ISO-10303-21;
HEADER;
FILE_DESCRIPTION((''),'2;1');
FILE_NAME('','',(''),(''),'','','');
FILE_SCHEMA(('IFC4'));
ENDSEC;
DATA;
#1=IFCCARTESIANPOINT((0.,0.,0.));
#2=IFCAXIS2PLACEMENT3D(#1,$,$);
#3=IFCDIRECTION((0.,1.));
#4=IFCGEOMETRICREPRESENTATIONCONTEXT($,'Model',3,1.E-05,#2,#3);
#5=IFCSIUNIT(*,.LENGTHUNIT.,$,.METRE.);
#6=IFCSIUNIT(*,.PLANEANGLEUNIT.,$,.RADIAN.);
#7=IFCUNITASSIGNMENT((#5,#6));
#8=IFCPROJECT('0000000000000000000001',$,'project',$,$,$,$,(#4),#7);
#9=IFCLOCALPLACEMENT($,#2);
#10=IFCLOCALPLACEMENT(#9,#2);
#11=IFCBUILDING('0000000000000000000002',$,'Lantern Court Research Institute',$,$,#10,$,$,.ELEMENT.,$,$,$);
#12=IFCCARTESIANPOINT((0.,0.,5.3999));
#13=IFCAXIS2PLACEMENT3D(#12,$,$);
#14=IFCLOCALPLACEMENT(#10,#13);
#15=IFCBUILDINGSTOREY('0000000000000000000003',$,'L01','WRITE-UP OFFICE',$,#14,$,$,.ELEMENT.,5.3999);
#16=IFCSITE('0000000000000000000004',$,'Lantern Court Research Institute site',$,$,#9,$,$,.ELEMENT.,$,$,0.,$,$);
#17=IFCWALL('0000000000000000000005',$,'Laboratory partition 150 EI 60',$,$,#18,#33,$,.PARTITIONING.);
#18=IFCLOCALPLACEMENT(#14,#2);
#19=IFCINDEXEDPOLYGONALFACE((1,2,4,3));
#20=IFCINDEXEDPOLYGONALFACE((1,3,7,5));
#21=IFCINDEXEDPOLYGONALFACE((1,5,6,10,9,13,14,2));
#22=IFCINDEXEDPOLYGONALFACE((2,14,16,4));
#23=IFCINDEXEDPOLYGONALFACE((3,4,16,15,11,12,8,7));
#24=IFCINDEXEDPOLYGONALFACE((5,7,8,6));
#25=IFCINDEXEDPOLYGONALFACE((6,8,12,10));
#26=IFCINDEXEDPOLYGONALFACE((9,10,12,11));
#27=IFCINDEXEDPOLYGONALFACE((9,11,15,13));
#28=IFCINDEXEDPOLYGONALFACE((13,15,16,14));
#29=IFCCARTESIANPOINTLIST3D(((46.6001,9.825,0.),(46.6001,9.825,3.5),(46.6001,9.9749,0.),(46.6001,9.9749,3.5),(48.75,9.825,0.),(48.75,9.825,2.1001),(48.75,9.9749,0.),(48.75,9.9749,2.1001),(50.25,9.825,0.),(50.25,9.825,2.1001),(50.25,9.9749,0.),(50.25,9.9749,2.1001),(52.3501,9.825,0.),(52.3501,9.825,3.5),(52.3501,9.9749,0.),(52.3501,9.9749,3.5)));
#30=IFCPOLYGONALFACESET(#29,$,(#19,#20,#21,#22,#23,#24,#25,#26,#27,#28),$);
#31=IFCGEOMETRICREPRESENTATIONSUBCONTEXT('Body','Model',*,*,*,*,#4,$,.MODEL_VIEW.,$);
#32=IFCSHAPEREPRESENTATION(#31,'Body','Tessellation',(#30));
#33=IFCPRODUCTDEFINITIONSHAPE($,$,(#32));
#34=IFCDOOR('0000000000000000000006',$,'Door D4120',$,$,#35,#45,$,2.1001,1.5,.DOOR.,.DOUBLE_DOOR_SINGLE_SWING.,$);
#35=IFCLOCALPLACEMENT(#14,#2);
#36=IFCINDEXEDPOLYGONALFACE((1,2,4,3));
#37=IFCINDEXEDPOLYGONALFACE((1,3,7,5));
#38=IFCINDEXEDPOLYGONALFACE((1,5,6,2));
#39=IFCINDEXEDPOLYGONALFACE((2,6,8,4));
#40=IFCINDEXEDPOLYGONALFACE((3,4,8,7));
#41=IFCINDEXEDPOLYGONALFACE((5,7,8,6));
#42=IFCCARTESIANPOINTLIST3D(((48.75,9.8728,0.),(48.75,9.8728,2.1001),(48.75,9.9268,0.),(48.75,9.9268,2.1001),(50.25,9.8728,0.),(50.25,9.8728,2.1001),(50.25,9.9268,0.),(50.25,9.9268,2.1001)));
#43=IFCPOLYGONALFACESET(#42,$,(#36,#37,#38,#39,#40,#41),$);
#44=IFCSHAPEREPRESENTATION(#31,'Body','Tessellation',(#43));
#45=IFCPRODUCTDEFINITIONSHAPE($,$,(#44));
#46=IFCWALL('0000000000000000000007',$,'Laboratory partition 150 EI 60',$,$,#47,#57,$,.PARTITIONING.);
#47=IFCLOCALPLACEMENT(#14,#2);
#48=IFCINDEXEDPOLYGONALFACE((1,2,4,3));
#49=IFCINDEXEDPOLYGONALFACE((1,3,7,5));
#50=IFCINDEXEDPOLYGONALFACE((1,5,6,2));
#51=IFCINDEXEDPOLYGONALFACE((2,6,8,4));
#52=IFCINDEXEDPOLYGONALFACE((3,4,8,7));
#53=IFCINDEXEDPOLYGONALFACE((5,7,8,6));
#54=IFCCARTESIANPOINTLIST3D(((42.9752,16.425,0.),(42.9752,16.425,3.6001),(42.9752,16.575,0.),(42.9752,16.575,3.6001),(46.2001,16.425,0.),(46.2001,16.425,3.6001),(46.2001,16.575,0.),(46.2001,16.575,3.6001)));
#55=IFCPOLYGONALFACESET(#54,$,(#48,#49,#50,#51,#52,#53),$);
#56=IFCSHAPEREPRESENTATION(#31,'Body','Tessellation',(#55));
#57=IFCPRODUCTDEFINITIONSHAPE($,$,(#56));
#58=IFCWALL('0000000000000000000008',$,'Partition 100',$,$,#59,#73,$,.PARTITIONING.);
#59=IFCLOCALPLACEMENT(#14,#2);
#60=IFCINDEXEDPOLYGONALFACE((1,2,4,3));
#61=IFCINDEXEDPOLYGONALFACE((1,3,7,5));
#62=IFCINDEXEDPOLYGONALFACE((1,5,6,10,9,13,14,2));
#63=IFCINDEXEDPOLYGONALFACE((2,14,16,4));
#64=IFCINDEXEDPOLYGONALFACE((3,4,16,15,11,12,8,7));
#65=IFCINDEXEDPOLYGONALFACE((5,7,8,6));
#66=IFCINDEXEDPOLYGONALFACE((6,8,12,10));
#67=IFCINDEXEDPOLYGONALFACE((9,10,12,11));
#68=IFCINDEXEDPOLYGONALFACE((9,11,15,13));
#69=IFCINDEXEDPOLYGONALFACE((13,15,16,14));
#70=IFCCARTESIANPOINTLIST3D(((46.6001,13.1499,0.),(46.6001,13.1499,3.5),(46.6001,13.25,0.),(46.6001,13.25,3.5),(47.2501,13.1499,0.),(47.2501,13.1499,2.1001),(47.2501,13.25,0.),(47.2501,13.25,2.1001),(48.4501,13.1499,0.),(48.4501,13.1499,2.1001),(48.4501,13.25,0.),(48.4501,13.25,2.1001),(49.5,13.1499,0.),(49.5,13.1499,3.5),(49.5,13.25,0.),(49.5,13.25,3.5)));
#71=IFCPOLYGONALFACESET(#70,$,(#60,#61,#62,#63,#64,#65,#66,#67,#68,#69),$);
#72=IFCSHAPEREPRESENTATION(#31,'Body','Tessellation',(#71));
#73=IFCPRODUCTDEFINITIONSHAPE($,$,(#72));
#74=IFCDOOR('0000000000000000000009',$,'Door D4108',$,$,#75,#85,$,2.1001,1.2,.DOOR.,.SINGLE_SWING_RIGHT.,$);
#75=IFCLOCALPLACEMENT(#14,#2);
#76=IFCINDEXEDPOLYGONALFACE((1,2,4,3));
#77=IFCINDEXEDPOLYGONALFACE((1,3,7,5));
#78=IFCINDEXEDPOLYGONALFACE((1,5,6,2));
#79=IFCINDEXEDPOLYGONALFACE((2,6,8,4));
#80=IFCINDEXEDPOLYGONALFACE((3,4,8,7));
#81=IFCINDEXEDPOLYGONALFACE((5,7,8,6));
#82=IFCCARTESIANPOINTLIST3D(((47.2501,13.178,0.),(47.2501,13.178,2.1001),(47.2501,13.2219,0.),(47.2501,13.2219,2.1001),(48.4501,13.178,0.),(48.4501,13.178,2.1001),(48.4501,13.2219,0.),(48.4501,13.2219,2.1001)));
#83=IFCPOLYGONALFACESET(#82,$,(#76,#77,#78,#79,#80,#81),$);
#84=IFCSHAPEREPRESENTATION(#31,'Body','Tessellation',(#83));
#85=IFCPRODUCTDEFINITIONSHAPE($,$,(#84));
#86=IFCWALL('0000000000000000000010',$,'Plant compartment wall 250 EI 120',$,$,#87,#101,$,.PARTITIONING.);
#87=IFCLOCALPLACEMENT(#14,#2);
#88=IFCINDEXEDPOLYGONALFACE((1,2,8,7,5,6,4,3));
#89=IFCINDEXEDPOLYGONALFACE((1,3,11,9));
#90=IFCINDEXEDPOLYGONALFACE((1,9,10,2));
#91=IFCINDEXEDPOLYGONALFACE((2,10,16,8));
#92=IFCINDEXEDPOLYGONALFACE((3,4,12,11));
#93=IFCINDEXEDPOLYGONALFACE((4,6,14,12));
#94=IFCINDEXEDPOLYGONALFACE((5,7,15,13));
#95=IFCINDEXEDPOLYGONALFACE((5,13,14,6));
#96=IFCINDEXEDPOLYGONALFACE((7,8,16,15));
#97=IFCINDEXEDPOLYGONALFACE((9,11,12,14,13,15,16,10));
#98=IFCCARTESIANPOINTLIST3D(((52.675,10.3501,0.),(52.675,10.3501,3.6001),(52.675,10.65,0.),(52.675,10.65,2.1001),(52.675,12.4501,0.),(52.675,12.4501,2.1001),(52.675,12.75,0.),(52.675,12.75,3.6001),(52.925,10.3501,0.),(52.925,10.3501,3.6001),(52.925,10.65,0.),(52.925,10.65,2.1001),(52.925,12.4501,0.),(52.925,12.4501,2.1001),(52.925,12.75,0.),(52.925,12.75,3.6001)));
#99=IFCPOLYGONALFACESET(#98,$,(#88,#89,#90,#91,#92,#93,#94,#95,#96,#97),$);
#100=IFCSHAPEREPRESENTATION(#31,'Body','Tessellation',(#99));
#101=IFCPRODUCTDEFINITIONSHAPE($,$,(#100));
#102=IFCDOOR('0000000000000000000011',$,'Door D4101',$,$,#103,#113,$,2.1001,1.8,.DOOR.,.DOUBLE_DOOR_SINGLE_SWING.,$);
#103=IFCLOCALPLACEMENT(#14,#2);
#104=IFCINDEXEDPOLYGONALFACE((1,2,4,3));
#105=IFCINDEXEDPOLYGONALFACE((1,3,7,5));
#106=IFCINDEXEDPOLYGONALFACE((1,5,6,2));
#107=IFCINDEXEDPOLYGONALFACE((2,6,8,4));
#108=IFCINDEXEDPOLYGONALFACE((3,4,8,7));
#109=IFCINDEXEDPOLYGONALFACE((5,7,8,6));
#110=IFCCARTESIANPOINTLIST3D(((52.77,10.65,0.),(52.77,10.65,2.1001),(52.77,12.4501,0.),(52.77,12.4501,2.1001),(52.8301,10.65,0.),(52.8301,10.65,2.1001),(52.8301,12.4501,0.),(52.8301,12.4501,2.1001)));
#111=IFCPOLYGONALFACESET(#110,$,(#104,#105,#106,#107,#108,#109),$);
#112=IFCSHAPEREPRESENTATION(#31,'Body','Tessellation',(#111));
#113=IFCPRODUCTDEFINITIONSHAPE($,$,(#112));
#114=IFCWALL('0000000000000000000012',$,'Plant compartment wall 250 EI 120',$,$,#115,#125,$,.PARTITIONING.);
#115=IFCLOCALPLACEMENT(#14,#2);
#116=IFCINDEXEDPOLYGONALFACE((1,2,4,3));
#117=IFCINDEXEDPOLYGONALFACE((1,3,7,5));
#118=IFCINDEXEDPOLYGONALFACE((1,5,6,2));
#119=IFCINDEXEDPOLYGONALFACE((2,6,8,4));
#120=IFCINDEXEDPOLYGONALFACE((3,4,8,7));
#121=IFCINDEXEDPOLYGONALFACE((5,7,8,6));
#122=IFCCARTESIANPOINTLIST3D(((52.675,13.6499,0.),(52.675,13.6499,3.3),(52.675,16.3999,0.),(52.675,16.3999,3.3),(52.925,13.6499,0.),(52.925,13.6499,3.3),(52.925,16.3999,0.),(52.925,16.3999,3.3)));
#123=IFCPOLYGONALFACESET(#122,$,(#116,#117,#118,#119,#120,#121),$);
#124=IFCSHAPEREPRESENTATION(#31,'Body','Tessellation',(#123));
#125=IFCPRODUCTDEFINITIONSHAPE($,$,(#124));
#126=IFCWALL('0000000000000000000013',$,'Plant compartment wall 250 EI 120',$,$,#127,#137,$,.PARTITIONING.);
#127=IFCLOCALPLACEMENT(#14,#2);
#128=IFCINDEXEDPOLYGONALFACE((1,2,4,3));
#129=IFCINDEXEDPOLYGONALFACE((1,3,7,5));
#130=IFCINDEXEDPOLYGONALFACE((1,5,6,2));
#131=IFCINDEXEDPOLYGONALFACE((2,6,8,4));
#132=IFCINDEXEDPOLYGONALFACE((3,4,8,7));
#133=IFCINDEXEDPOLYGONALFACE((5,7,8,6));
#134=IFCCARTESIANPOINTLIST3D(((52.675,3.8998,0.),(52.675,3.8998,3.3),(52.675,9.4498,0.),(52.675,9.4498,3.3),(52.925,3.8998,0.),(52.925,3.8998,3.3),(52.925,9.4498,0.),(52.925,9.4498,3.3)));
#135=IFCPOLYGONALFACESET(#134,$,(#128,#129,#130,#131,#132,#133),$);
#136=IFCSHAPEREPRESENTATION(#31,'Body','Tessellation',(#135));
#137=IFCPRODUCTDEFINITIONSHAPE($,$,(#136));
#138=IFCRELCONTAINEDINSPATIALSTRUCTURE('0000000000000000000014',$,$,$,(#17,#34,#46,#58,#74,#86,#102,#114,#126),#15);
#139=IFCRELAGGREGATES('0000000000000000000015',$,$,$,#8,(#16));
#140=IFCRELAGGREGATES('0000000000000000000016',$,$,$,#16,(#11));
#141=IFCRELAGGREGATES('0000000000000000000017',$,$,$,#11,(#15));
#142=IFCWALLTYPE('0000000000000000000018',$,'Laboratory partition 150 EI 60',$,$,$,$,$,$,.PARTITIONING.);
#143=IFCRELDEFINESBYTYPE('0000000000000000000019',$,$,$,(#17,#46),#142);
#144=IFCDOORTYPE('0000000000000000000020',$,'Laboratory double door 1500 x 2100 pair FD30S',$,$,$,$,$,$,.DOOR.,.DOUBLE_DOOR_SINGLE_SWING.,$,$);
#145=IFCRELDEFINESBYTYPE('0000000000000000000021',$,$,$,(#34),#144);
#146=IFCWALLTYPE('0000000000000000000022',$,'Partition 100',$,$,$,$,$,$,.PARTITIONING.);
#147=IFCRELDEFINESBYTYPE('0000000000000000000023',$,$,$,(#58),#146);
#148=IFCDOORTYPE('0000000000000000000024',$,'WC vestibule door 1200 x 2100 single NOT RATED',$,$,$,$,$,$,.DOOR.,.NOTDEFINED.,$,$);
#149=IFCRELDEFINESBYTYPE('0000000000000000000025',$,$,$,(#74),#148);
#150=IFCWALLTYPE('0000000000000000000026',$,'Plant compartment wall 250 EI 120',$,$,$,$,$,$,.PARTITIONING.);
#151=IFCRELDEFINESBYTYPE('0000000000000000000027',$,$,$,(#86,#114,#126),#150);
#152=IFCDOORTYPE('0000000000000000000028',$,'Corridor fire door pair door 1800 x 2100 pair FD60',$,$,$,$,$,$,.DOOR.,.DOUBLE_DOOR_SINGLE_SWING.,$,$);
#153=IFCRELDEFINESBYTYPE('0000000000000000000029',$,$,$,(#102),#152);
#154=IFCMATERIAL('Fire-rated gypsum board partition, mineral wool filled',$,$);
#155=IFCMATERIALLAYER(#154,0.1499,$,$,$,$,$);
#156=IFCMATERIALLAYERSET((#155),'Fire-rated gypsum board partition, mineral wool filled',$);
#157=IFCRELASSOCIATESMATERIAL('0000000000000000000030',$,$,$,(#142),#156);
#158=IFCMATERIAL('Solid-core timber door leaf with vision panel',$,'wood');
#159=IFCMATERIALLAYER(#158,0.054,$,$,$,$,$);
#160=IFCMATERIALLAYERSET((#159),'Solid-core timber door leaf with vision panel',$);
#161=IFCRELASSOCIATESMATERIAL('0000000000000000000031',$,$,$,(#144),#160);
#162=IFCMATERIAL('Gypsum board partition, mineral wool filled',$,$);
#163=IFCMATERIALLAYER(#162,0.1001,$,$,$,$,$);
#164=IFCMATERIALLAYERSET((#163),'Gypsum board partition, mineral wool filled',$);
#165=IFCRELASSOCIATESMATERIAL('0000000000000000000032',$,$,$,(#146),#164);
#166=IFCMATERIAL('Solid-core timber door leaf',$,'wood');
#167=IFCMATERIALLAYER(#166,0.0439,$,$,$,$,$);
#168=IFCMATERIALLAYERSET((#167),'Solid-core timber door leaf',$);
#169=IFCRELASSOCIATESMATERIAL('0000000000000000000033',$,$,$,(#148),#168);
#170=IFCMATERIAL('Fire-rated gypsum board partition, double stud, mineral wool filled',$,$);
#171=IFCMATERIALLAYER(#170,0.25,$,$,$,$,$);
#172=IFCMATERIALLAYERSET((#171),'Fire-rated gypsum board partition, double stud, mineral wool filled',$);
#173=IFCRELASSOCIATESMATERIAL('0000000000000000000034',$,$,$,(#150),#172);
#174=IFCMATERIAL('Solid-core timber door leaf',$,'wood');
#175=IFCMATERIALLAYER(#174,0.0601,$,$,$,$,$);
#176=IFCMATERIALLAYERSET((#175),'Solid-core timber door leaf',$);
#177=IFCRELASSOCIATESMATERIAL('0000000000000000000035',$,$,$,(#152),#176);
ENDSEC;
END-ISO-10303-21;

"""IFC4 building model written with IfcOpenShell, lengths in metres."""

from ifc_helpers import new_model, si_unit, direction, frame, frame_2d, origin, place, context, subcontext, project, spatial, rectangle, extrude, material, layer, layer_set, type_object, element, fill, save


model = new_model("IFC4")

# Units and contexts
model_context = context("Model", 3, precision=1e-05, world=origin(), true_north=direction((0.0, 1.0)))
body_context = subcontext(model_context, "Body", "Model", "MODEL_VIEW")
ifc_project = project(units=[si_unit("LENGTHUNIT", "METRE"), si_unit("PLANEANGLEUNIT", "RADIAN")], contexts=[model_context])

# Site, building, storey
site_placement = place(None, origin())
site = spatial("IfcSite", under=ifc_project, at=site_placement, Name="Lantern Court Research Institute site", CompositionType="ELEMENT", RefElevation=0.0)
building_placement = place(site_placement, origin())
building = spatial("IfcBuilding", under=site, at=building_placement, Name="Lantern Court Research Institute", CompositionType="ELEMENT")
storey_placement = place(building_placement, frame((0.0, 0.0, 5.3999)))
storey = spatial("IfcBuildingStorey", under=building, at=storey_placement, Name="L01", Description="WRITE-UP OFFICE", CompositionType="ELEMENT", Elevation=5.3999)

# Wall, opening, door
ifc_material_1 = material(Name="Fire-rated gypsum board partition, mineral wool filled")
ifc_layer_1 = layer(ifc_material_1, 0.1499)
ifc_layer_set_1 = layer_set([ifc_layer_1], Name="Fire-rated gypsum board partition, mineral wool filled")
wall_type_1 = type_object("IfcWallType", Name="Laboratory partition 150 EI 60", PredefinedType="PARTITIONING", material=ifc_layer_set_1)
wall_1_placement = place(storey_placement, frame((46.6001, 9.8999, 0.0), z_axis=(0.0, 0.0, 1.0), x_axis=(1.0, 0.0, 0.0)))
wall_1 = element("IfcWall", 1, at=wall_1_placement, inside=storey, type_object=wall_type_1, Name="Laboratory partition 150 EI 60", PredefinedType="PARTITIONING", context=body_context, shape_type="SweptSolid", body=[
    extrude(rectangle(XDim=5.75, YDim=0.1499, at=frame_2d((2.875, 0.0))), origin(), (0.0, 0.0, 1.0), 3.5),
])
opening_1_placement = place(wall_1_placement, frame((2.1499, 0.0, 0.0)))
opening_1 = element("IfcOpeningElement", 2, at=opening_1_placement, cuts=wall_1, PredefinedType="OPENING", context=body_context, shape_type="SweptSolid", body=[
    extrude(rectangle(XDim=1.5, YDim=2.1001, at=frame_2d((0.75, 1.05))), frame((0.0, 0.085, 0.0), z_axis=(0.0, -1.0, 0.0), x_axis=(1.0, 0.0, 0.0)), (0.0, 0.0, 1.0), 0.1699),
])
ifc_material_2 = material(Name="Solid-core timber door leaf with vision panel", Category="wood")
ifc_layer_2 = layer(ifc_material_2, 0.054)
ifc_layer_set_2 = layer_set([ifc_layer_2], Name="Solid-core timber door leaf with vision panel")
door_type_1 = type_object("IfcDoorType", Name="Laboratory double door 1500 x 2100 pair FD30S", OperationType="DOUBLE_DOOR_SINGLE_SWING", PredefinedType="DOOR", material=ifc_layer_set_2)
door_1_placement = place(opening_1_placement, origin())
door_1 = element("IfcDoor", 3, at=door_1_placement, inside=storey, type_object=door_type_1, Name="Door D4120", OperationType="DOUBLE_DOOR_SINGLE_SWING", OverallHeight=2.1001, OverallWidth=1.5, PredefinedType="DOOR", context=body_context, shape_type="SweptSolid", body=[
    extrude(rectangle(XDim=1.5, YDim=2.1001, at=frame_2d((0.75, 1.05))), frame((0.0, 0.0269, 0.0), z_axis=(0.0, -1.0, 0.0), x_axis=(1.0, 0.0, 0.0)), (0.0, 0.0, 1.0), 0.054),
])
fill(opening_1, door_1)

# Wall
wall_2_placement = place(storey_placement, frame((46.2, 16.5, 0.0), z_axis=(0.0, 0.0, 1.0), x_axis=(-1.0, 0.0, 0.0)))
element("IfcWall", 4, at=wall_2_placement, inside=storey, type_object=wall_type_1, Name="Laboratory partition 150 EI 60", PredefinedType="PARTITIONING", context=body_context, shape_type="SweptSolid", body=[
    extrude(rectangle(XDim=3.2249, YDim=0.1499, at=frame_2d((1.6123, 0.0))), origin(), (0.0, 0.0, 1.0), 3.6001),
])

# Walls, openings, doors
ifc_material_3 = material(Name="Gypsum board partition, mineral wool filled")
ifc_layer_3 = layer(ifc_material_3, 0.1001)
ifc_layer_set_3 = layer_set([ifc_layer_3], Name="Gypsum board partition, mineral wool filled")
wall_type_2 = type_object("IfcWallType", Name="Partition 100", PredefinedType="PARTITIONING", material=ifc_layer_set_3)
wall_3_placement = place(storey_placement, frame((46.6001, 13.2, 0.0), z_axis=(0.0, 0.0, 1.0), x_axis=(1.0, 0.0, 0.0)))
wall_3 = element("IfcWall", 5, at=wall_3_placement, inside=storey, type_object=wall_type_2, Name="Partition 100", PredefinedType="PARTITIONING", context=body_context, shape_type="SweptSolid", body=[
    extrude(rectangle(XDim=2.8999, YDim=0.1001, at=frame_2d((1.45, 0.0))), origin(), (0.0, 0.0, 1.0), 3.5),
])
opening_2_placement = place(wall_3_placement, frame((0.6499, 0.0, 0.0)))
opening_2 = element("IfcOpeningElement", 6, at=opening_2_placement, cuts=wall_3, PredefinedType="OPENING", context=body_context, shape_type="SweptSolid", body=[
    extrude(rectangle(XDim=1.2, YDim=2.1001, at=frame_2d((0.6001, 1.05))), frame((0.0, 0.0601, 0.0), z_axis=(0.0, -1.0, 0.0), x_axis=(1.0, 0.0, 0.0)), (0.0, 0.0, 1.0), 0.1201),
])
ifc_material_4 = material(Name="Solid-core timber door leaf", Category="wood")
ifc_layer_4 = layer(ifc_material_4, 0.0439)
ifc_layer_set_4 = layer_set([ifc_layer_4], Name="Solid-core timber door leaf")
door_type_2 = type_object("IfcDoorType", Name="WC vestibule door 1200 x 2100 single NOT RATED", OperationType="NOTDEFINED", PredefinedType="DOOR", material=ifc_layer_set_4)
door_2_placement = place(opening_2_placement, origin())
door_2 = element("IfcDoor", 7, at=door_2_placement, inside=storey, type_object=door_type_2, Name="Door D4108", OperationType="SINGLE_SWING_RIGHT", OverallHeight=2.1001, OverallWidth=1.2, PredefinedType="DOOR", context=body_context, shape_type="SweptSolid", body=[
    extrude(rectangle(XDim=1.2, YDim=2.1001, at=frame_2d((0.6001, 1.05))), frame((0.0, 0.022, 0.0), z_axis=(0.0, -1.0, 0.0), x_axis=(1.0, 0.0, 0.0)), (0.0, 0.0, 1.0), 0.0439),
])
fill(opening_2, door_2)
ifc_material_5 = material(Name="Fire-rated gypsum board partition, double stud, mineral wool filled")
ifc_layer_5 = layer(ifc_material_5, 0.25)
ifc_layer_set_5 = layer_set([ifc_layer_5], Name="Fire-rated gypsum board partition, double stud, mineral wool filled")
wall_type_3 = type_object("IfcWallType", Name="Plant compartment wall 250 EI 120", PredefinedType="PARTITIONING", material=ifc_layer_set_5)
wall_4_placement = place(storey_placement, frame((52.8, 10.3501, 0.0), z_axis=(0.0, 0.0, 1.0), x_axis=(0.0, 1.0, 0.0)))
wall_4 = element("IfcWall", 8, at=wall_4_placement, inside=storey, type_object=wall_type_3, Name="Plant compartment wall 250 EI 120", PredefinedType="PARTITIONING", context=body_context, shape_type="SweptSolid", body=[
    extrude(rectangle(XDim=2.3999, YDim=0.25, at=frame_2d((1.2, 0.0))), origin(), (0.0, 0.0, 1.0), 3.6001),
])
opening_3_placement = place(wall_4_placement, frame((0.3, 0.0, 0.0)))
opening_3 = element("IfcOpeningElement", 9, at=opening_3_placement, cuts=wall_4, PredefinedType="OPENING", context=body_context, shape_type="SweptSolid", body=[
    extrude(rectangle(XDim=1.8, YDim=2.1001, at=frame_2d((0.8999, 1.05))), frame((0.0, 0.135, 0.0), z_axis=(0.0, -1.0, 0.0), x_axis=(1.0, 0.0, 0.0)), (0.0, 0.0, 1.0), 0.27),
])
ifc_material_6 = material(Name="Solid-core timber door leaf", Category="wood")
ifc_layer_6 = layer(ifc_material_6, 0.0601)
ifc_layer_set_6 = layer_set([ifc_layer_6], Name="Solid-core timber door leaf")
door_type_3 = type_object("IfcDoorType", Name="Corridor fire door pair door 1800 x 2100 pair FD60", OperationType="DOUBLE_DOOR_SINGLE_SWING", PredefinedType="DOOR", material=ifc_layer_set_6)
door_3_placement = place(opening_3_placement, origin())
door_3 = element("IfcDoor", 10, at=door_3_placement, inside=storey, type_object=door_type_3, Name="Door D4101", OperationType="DOUBLE_DOOR_SINGLE_SWING", OverallHeight=2.1001, OverallWidth=1.8, PredefinedType="DOOR", context=body_context, shape_type="SweptSolid", body=[
    extrude(rectangle(XDim=1.8, YDim=2.1001, at=frame_2d((0.8999, 1.05))), frame((0.0, 0.03, 0.0), z_axis=(0.0, -1.0, 0.0), x_axis=(1.0, 0.0, 0.0)), (0.0, 0.0, 1.0), 0.0601),
])
fill(opening_3, door_3)

# Walls
wall_5_placement = place(storey_placement, frame((52.8, 13.6499, 0.0), z_axis=(0.0, 0.0, 1.0), x_axis=(0.0, 1.0, 0.0)))
element("IfcWall", 11, at=wall_5_placement, inside=storey, type_object=wall_type_3, Name="Plant compartment wall 250 EI 120", PredefinedType="PARTITIONING", context=body_context, shape_type="SweptSolid", body=[
    extrude(rectangle(XDim=2.75, YDim=0.25, at=frame_2d((1.375, 0.0))), origin(), (0.0, 0.0, 1.0), 3.3),
])
wall_6_placement = place(storey_placement, frame((52.8, 3.8999, 0.0), z_axis=(0.0, 0.0, 1.0), x_axis=(0.0, 1.0, 0.0)))
element("IfcWall", 12, at=wall_6_placement, inside=storey, type_object=wall_type_3, Name="Plant compartment wall 250 EI 120", PredefinedType="PARTITIONING", context=body_context, shape_type="SweptSolid", body=[
    extrude(rectangle(XDim=5.55, YDim=0.25, at=frame_2d((2.7749, 0.0))), origin(), (0.0, 0.0, 1.0), 3.3),
])

save(model, "model.ifc")
